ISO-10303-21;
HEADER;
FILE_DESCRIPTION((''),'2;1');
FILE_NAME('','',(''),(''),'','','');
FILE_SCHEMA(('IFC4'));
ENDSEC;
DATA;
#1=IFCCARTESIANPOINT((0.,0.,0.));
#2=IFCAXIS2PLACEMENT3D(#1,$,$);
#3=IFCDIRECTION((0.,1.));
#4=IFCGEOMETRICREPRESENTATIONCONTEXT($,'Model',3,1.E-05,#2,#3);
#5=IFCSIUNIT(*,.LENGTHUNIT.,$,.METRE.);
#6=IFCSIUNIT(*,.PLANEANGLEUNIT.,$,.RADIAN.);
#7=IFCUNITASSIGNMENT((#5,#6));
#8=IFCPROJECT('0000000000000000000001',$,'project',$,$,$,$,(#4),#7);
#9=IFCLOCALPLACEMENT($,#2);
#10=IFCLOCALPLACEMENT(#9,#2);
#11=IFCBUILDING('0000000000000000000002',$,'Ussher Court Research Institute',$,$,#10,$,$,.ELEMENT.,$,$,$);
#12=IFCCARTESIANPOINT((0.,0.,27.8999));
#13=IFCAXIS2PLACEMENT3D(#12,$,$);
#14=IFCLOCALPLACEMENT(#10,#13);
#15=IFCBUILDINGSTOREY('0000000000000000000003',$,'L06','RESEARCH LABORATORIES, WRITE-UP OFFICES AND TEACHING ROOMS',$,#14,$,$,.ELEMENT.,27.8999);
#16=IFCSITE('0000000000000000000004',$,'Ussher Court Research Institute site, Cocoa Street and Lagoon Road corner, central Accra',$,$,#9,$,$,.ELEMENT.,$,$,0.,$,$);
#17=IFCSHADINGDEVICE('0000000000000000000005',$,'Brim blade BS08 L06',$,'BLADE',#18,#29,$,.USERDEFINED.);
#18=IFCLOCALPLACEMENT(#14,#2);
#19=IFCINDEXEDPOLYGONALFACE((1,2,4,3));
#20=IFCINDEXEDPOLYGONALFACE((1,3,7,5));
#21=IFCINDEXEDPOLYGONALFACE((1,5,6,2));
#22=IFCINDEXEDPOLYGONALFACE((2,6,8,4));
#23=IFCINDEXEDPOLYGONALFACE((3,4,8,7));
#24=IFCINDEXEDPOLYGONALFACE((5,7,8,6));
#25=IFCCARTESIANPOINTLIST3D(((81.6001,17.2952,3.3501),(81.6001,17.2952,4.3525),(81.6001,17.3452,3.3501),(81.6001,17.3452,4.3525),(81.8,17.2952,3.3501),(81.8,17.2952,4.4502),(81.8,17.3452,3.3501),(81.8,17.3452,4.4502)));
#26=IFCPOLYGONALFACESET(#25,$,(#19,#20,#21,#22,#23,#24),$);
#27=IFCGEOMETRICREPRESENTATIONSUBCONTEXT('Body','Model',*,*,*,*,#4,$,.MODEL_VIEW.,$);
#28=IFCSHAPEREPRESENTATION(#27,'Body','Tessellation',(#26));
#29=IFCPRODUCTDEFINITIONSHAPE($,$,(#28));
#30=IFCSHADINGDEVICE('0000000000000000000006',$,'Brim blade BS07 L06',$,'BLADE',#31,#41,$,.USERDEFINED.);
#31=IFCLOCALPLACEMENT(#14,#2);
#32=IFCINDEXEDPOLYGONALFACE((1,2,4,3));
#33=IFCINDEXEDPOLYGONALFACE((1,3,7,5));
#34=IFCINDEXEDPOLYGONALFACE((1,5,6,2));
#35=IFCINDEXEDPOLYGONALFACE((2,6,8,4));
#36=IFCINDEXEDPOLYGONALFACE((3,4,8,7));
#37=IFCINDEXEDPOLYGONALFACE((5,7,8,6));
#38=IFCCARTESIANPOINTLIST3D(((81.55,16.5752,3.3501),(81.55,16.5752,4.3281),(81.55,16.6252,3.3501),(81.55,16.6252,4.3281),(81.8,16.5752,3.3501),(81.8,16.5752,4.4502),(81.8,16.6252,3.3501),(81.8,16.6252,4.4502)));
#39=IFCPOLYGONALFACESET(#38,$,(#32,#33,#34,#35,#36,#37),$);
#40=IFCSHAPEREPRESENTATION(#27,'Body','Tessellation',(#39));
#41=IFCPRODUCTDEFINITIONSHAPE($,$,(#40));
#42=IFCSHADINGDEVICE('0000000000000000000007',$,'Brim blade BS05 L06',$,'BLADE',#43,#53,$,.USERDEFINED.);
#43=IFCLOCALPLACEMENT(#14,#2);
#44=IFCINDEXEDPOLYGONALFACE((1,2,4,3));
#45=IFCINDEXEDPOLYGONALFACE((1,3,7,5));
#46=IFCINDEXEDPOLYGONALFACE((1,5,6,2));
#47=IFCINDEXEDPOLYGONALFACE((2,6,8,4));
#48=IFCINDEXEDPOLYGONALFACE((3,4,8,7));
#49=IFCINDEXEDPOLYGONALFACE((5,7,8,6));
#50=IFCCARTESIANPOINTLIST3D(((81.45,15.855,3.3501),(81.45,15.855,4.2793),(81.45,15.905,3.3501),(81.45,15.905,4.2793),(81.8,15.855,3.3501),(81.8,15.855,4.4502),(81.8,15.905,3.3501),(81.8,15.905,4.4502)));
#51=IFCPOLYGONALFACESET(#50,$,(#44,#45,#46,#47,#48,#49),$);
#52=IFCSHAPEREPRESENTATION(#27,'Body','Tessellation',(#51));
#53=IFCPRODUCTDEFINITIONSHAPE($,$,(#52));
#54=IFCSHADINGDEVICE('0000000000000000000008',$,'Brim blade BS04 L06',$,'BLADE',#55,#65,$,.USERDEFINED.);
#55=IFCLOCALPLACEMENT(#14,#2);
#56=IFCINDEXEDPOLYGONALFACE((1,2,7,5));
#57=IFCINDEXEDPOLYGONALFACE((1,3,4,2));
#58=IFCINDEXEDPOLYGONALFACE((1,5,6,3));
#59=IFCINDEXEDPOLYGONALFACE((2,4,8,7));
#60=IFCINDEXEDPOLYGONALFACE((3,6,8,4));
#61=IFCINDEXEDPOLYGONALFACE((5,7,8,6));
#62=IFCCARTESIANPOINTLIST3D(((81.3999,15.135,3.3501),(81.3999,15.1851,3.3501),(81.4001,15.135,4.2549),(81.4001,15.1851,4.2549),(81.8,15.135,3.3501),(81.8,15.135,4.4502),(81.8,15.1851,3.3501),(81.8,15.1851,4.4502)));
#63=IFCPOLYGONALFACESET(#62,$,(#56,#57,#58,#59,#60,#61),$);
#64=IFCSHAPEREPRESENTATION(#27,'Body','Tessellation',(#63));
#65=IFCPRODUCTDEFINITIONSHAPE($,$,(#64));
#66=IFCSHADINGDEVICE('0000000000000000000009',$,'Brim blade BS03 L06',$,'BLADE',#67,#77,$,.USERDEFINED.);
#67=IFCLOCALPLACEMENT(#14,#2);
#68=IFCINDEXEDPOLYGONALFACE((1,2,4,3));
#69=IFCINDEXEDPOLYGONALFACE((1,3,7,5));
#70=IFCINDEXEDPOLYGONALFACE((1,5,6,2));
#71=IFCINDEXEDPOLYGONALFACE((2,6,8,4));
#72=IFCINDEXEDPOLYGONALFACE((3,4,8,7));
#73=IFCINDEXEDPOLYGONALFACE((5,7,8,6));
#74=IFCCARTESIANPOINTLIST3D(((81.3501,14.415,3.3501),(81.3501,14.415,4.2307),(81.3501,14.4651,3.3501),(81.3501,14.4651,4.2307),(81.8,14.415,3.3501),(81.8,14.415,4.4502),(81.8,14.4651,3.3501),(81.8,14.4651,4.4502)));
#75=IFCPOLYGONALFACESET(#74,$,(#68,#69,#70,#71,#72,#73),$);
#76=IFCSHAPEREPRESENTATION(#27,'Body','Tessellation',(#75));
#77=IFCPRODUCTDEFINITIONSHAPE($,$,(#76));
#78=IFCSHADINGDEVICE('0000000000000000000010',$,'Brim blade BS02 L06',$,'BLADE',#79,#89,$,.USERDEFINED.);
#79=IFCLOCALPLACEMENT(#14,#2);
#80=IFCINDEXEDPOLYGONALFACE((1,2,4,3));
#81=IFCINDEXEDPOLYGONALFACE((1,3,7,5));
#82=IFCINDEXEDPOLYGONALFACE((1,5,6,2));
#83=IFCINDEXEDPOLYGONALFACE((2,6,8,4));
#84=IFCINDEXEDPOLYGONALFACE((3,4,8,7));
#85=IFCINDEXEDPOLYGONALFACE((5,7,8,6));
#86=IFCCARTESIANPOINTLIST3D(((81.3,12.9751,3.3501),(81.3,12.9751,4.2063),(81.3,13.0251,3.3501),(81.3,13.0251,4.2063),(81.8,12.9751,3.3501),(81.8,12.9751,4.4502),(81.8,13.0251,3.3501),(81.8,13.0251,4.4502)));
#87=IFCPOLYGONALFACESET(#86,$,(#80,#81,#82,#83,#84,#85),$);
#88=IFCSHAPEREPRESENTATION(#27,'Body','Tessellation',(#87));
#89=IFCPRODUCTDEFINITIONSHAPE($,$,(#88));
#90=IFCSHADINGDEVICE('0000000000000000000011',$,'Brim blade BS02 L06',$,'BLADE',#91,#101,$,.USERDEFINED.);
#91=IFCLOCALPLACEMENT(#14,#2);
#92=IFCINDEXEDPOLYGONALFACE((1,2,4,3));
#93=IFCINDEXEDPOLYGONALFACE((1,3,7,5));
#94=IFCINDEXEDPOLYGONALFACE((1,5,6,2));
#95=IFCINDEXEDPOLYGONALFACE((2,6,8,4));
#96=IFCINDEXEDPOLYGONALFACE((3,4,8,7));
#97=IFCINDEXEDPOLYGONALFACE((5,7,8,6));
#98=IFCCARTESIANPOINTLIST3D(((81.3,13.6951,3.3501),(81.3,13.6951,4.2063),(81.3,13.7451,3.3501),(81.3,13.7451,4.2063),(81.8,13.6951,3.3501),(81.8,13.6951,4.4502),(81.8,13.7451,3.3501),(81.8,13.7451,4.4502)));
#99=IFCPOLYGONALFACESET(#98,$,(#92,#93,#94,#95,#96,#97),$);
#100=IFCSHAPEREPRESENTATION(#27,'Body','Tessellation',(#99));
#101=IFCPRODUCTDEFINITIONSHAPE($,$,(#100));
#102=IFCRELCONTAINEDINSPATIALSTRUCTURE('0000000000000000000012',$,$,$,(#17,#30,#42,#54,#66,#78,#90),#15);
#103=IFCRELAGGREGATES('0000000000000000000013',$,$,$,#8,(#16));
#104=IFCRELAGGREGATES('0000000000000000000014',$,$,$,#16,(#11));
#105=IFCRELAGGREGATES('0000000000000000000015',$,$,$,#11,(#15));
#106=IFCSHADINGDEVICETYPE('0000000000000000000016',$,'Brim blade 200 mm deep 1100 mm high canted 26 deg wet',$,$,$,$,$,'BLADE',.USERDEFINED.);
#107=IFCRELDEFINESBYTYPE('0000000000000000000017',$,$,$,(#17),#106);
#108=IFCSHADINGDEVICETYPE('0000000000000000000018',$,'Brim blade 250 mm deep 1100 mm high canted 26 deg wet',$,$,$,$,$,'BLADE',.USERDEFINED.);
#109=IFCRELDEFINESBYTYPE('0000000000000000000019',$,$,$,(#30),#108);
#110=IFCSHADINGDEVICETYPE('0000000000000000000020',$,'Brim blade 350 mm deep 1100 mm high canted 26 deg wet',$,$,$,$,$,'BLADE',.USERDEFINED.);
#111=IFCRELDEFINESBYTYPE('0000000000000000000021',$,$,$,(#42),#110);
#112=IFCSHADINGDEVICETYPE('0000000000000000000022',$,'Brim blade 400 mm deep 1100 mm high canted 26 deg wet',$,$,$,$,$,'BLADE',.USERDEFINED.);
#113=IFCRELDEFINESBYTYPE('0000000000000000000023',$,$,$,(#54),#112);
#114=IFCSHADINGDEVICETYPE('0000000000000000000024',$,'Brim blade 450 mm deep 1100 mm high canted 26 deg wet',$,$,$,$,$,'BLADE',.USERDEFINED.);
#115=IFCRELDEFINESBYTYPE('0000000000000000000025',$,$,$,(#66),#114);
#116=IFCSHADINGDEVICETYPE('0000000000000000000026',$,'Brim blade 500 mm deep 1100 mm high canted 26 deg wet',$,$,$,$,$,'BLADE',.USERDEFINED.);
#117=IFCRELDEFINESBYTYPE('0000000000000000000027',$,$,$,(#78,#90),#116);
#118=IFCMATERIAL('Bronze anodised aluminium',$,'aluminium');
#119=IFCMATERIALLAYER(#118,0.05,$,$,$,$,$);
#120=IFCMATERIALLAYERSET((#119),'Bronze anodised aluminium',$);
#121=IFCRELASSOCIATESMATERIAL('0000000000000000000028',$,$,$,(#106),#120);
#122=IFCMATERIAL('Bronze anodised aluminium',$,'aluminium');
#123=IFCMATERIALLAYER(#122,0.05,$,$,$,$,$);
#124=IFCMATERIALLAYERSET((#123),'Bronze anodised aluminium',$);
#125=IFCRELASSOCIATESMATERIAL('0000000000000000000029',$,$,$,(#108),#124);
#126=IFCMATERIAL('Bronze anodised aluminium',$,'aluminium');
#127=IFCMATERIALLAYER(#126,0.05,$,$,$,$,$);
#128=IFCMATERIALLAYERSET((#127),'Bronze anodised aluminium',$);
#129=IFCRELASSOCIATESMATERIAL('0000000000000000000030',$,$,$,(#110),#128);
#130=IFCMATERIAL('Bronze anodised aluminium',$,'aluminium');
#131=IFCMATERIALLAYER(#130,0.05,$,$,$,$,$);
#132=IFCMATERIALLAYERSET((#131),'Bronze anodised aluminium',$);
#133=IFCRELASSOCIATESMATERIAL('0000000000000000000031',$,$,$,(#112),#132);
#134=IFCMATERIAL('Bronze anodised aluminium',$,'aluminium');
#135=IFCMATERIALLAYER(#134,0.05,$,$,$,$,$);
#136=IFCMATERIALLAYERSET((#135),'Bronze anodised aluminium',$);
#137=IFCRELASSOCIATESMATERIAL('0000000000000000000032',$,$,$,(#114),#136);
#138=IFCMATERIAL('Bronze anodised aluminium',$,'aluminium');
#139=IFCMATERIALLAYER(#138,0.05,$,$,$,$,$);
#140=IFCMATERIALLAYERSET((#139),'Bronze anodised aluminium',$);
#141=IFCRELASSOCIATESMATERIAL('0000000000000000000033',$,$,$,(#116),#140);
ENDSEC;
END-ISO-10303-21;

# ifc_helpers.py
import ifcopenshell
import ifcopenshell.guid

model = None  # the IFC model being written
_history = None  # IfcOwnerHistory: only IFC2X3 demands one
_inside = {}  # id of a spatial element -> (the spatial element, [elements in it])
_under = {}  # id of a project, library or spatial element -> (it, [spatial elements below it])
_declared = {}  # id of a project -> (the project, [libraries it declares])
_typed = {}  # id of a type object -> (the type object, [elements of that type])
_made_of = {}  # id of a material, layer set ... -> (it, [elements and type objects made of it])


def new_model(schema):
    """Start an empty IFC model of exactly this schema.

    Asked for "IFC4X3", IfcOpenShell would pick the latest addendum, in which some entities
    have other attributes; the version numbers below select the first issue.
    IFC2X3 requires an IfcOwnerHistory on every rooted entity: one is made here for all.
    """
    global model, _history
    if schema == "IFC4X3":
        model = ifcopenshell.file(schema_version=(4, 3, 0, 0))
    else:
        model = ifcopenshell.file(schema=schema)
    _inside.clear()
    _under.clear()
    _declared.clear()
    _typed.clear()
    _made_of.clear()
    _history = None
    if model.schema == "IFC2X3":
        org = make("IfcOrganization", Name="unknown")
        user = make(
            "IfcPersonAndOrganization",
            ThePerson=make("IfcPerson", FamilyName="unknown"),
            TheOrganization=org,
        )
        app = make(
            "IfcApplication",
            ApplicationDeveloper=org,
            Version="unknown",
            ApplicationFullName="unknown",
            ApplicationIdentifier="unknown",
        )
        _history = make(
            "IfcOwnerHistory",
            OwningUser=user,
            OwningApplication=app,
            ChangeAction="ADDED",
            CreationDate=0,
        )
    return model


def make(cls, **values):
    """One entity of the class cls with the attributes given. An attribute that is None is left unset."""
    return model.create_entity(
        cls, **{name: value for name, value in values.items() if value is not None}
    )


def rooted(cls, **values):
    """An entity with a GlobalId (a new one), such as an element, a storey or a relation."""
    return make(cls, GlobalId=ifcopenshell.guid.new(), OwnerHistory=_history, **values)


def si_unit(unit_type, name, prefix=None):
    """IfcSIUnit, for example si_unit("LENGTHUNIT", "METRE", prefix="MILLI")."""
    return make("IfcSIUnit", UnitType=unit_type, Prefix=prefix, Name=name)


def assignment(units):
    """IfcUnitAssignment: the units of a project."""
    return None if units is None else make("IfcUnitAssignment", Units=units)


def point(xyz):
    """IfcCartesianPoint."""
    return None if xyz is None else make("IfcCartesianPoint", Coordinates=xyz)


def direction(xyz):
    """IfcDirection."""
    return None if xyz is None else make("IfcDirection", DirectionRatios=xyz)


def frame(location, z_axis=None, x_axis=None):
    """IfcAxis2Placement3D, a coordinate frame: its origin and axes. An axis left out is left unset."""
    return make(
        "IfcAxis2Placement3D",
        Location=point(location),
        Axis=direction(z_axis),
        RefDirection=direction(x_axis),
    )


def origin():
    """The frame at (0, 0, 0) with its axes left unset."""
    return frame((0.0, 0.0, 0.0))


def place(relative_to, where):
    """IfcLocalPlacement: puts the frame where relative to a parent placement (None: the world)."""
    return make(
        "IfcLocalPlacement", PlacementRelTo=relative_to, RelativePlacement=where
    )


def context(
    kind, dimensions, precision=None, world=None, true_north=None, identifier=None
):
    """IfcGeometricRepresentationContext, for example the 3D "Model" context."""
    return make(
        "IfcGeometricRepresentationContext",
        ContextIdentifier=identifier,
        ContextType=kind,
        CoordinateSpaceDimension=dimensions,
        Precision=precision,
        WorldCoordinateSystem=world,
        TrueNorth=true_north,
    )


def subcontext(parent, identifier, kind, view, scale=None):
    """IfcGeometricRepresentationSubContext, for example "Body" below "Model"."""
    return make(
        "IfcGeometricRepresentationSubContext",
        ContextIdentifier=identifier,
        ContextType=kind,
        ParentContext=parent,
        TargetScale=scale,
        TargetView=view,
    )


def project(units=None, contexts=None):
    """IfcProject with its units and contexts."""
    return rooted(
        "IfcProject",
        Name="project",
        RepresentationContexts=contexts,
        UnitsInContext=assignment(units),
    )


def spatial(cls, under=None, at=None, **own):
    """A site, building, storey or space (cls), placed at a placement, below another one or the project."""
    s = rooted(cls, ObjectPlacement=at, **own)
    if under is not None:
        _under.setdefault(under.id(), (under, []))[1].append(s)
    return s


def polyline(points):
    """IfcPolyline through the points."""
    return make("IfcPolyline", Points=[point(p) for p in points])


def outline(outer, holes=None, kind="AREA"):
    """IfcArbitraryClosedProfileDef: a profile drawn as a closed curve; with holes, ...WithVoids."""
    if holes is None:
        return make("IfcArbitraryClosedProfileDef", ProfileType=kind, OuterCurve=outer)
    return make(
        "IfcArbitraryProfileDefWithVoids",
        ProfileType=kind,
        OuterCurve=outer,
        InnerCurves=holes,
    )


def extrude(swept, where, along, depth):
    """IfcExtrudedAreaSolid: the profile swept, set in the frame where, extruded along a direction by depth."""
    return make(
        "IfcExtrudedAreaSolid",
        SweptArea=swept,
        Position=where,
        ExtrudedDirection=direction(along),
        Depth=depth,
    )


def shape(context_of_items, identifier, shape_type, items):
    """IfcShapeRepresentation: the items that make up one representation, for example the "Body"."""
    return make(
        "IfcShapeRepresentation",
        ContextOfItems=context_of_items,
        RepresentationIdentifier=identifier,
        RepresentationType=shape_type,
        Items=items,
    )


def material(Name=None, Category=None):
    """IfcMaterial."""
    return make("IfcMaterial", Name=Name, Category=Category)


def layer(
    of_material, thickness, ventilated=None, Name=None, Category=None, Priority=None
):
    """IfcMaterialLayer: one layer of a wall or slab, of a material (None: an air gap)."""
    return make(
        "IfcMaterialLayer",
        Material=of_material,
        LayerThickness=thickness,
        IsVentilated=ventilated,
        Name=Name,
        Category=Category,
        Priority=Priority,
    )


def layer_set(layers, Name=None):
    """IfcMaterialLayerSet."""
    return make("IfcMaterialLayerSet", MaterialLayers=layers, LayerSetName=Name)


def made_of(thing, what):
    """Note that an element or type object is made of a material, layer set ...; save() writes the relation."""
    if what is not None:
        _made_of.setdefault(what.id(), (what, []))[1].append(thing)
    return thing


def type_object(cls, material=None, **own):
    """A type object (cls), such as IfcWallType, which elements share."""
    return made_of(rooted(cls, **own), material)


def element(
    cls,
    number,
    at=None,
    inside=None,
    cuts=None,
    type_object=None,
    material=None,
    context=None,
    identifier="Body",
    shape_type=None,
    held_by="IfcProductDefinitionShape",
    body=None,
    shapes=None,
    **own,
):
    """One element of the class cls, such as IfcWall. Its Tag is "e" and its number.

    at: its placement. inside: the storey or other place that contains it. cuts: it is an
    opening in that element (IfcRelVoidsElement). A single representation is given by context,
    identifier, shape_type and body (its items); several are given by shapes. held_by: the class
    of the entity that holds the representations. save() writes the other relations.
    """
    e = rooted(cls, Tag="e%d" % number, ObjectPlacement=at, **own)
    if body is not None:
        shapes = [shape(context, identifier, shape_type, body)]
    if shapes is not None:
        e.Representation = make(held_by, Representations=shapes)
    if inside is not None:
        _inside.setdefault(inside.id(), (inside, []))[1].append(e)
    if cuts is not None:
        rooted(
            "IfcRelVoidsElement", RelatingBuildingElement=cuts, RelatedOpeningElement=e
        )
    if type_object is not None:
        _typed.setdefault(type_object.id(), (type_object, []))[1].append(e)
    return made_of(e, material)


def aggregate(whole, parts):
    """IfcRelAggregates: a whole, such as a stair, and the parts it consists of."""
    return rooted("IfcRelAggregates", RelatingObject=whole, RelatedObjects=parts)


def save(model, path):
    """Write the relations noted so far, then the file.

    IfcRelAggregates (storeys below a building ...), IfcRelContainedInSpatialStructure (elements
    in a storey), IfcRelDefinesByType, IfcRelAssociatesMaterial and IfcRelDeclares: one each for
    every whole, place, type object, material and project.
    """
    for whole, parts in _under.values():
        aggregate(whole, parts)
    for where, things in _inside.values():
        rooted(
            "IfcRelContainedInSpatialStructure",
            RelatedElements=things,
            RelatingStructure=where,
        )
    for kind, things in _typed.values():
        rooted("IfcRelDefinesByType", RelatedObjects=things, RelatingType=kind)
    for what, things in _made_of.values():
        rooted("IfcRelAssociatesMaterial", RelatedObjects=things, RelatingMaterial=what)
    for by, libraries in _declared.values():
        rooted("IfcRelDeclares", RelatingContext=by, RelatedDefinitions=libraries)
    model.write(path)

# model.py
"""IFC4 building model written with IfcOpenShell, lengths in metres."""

from ifc_helpers import new_model, si_unit, direction, frame, origin, place, context, subcontext, project, spatial, polyline, outline, extrude, material, layer, layer_set, type_object, element, save


model = new_model("IFC4")

# Units and contexts
model_context = context("Model", 3, precision=1e-05, world=origin(), true_north=direction((0.0, 1.0)))
body_context = subcontext(model_context, "Body", "Model", "MODEL_VIEW")
ifc_project = project(units=[si_unit("LENGTHUNIT", "METRE"), si_unit("PLANEANGLEUNIT", "RADIAN")], contexts=[model_context])

# Site, building, storey
site_placement = place(None, origin())
site = spatial("IfcSite", under=ifc_project, at=site_placement, Name="Ussher Court Research Institute site, Cocoa Street and Lagoon Road corner, central Accra", CompositionType="ELEMENT", RefElevation=0.0)
building_placement = place(site_placement, origin())
building = spatial("IfcBuilding", under=site, at=building_placement, Name="Ussher Court Research Institute", CompositionType="ELEMENT")
storey_placement = place(building_placement, frame((0.0, 0.0, 27.8999)))
storey = spatial("IfcBuildingStorey", under=building, at=storey_placement, Name="L06", Description="RESEARCH LABORATORIES, WRITE-UP OFFICES AND TEACHING ROOMS", CompositionType="ELEMENT", Elevation=27.8999)

# Shading devices
ifc_material_1 = material(Name="Bronze anodised aluminium", Category="aluminium")
ifc_layer_1 = layer(ifc_material_1, 0.05)
ifc_layer_set_1 = layer_set([ifc_layer_1], Name="Bronze anodised aluminium")
shading_device_type_1 = type_object("IfcShadingDeviceType", Name="Brim blade 200 mm deep 1100 mm high canted 26 deg wet", ElementType="BLADE", PredefinedType="USERDEFINED", material=ifc_layer_set_1)
shading_device_1_placement = place(storey_placement, frame((81.8, 17.3201, 3.3501), z_axis=(0.0, 0.0, 1.0), x_axis=(-1.0, 0.0, 0.0)))
element("IfcShadingDevice", 1, at=shading_device_1_placement, inside=storey, type_object=shading_device_type_1, Name="Brim blade BS08 L06", ObjectType="BLADE", PredefinedType="USERDEFINED", context=body_context, shape_type="SweptSolid", body=[
    extrude(outline(polyline([(0.0, 0.0), (0.2, 0.0), (0.2, 1.0024), (0.0, 1.1001), (0.0, 0.0)])), frame((0.0, 0.0249, 0.0), z_axis=(0.0, -1.0, 0.0), x_axis=(1.0, 0.0, 0.0)), (0.0, 0.0, 1.0), 0.05),
])
ifc_material_2 = material(Name="Bronze anodised aluminium", Category="aluminium")
ifc_layer_2 = layer(ifc_material_2, 0.05)
ifc_layer_set_2 = layer_set([ifc_layer_2], Name="Bronze anodised aluminium")
shading_device_type_2 = type_object("IfcShadingDeviceType", Name="Brim blade 250 mm deep 1100 mm high canted 26 deg wet", ElementType="BLADE", PredefinedType="USERDEFINED", material=ifc_layer_set_2)
shading_device_2_placement = place(storey_placement, frame((81.8, 16.6001, 3.3501), z_axis=(0.0, 0.0, 1.0), x_axis=(-1.0, 0.0, 0.0)))
element("IfcShadingDevice", 2, at=shading_device_2_placement, inside=storey, type_object=shading_device_type_2, Name="Brim blade BS07 L06", ObjectType="BLADE", PredefinedType="USERDEFINED", context=body_context, shape_type="SweptSolid", body=[
    extrude(outline(polyline([(0.0, 0.0), (0.25, 0.0), (0.25, 0.978), (0.0, 1.1001), (0.0, 0.0)])), frame((0.0, 0.0249, 0.0), z_axis=(0.0, -1.0, 0.0), x_axis=(1.0, 0.0, 0.0)), (0.0, 0.0, 1.0), 0.05),
])
ifc_material_3 = material(Name="Bronze anodised aluminium", Category="aluminium")
ifc_layer_3 = layer(ifc_material_3, 0.05)
ifc_layer_set_3 = layer_set([ifc_layer_3], Name="Bronze anodised aluminium")
shading_device_type_3 = type_object("IfcShadingDeviceType", Name="Brim blade 350 mm deep 1100 mm high canted 26 deg wet", ElementType="BLADE", PredefinedType="USERDEFINED", material=ifc_layer_set_3)
shading_device_3_placement = place(storey_placement, frame((81.8, 15.8799, 3.3501), z_axis=(0.0, 0.0, 1.0), x_axis=(-1.0, 0.0, 0.0)))
element("IfcShadingDevice", 3, at=shading_device_3_placement, inside=storey, type_object=shading_device_type_3, Name="Brim blade BS05 L06", ObjectType="BLADE", PredefinedType="USERDEFINED", context=body_context, shape_type="SweptSolid", body=[
    extrude(outline(polyline([(0.0, 0.0), (0.3501, 0.0), (0.3501, 0.9292), (0.0, 1.1001), (0.0, 0.0)])), frame((0.0, 0.0249, 0.0), z_axis=(0.0, -1.0, 0.0), x_axis=(1.0, 0.0, 0.0)), (0.0, 0.0, 1.0), 0.05),
])
ifc_material_4 = material(Name="Bronze anodised aluminium", Category="aluminium")
ifc_layer_4 = layer(ifc_material_4, 0.05)
ifc_layer_set_4 = layer_set([ifc_layer_4], Name="Bronze anodised aluminium")
shading_device_type_4 = type_object("IfcShadingDeviceType", Name="Brim blade 400 mm deep 1100 mm high canted 26 deg wet", ElementType="BLADE", PredefinedType="USERDEFINED", material=ifc_layer_set_4)
shading_device_4_placement = place(storey_placement, frame((81.8, 15.1599, 3.3501), z_axis=(0.0, 0.0, 1.0), x_axis=(-1.0, 0.0, 0.0)))
element("IfcShadingDevice", 4, at=shading_device_4_placement, inside=storey, type_object=shading_device_type_4, Name="Brim blade BS04 L06", ObjectType="BLADE", PredefinedType="USERDEFINED", context=body_context, shape_type="SweptSolid", body=[
    extrude(outline(polyline([(0.0, 0.0), (0.4001, 0.0), (0.3999, 0.9048), (0.0, 1.1001), (0.0, 0.0)])), frame((0.0, 0.0249, 0.0), z_axis=(0.0, -1.0, 0.0), x_axis=(1.0, 0.0, 0.0)), (0.0, 0.0, 1.0), 0.05),
])
ifc_material_5 = material(Name="Bronze anodised aluminium", Category="aluminium")
ifc_layer_5 = layer(ifc_material_5, 0.05)
ifc_layer_set_5 = layer_set([ifc_layer_5], Name="Bronze anodised aluminium")
shading_device_type_5 = type_object("IfcShadingDeviceType", Name="Brim blade 450 mm deep 1100 mm high canted 26 deg wet", ElementType="BLADE", PredefinedType="USERDEFINED", material=ifc_layer_set_5)
shading_device_5_placement = place(storey_placement, frame((81.8, 14.4399, 3.3501), z_axis=(0.0, 0.0, 1.0), x_axis=(-1.0, 0.0, 0.0)))
element("IfcShadingDevice", 5, at=shading_device_5_placement, inside=storey, type_object=shading_device_type_5, Name="Brim blade BS03 L06", ObjectType="BLADE", PredefinedType="USERDEFINED", context=body_context, shape_type="SweptSolid", body=[
    extrude(outline(polyline([(0.0, 0.0), (0.45, 0.0), (0.45, 0.8806), (0.0, 1.1001), (0.0, 0.0)])), frame((0.0, 0.0249, 0.0), z_axis=(0.0, -1.0, 0.0), x_axis=(1.0, 0.0, 0.0)), (0.0, 0.0, 1.0), 0.05),
])
ifc_material_6 = material(Name="Bronze anodised aluminium", Category="aluminium")
ifc_layer_6 = layer(ifc_material_6, 0.05)
ifc_layer_set_6 = layer_set([ifc_layer_6], Name="Bronze anodised aluminium")
shading_device_type_6 = type_object("IfcShadingDeviceType", Name="Brim blade 500 mm deep 1100 mm high canted 26 deg wet", ElementType="BLADE", PredefinedType="USERDEFINED", material=ifc_layer_set_6)
for number, where, z_axis, x_axis, name in (
    (6, (81.8, 13.0, 3.3501), (0.0, 0.0, 1.0), (-1.0, 0.0, 0.0), "Brim blade BS02 L06"),
    (7, (81.8, 13.72, 3.3501), (0.0, 0.0, 1.0), (-1.0, 0.0, 0.0), "Brim blade BS02 L06"),
):
    element("IfcShadingDevice", number, at=place(storey_placement, frame(where, z_axis=z_axis, x_axis=x_axis)), inside=storey, type_object=shading_device_type_6, Name=name, ObjectType="BLADE", PredefinedType="USERDEFINED", context=body_context, shape_type="SweptSolid", body=[
        extrude(outline(polyline([(0.0, 0.0), (0.5, 0.0), (0.5, 0.8562), (0.0, 1.1001), (0.0, 0.0)])), frame((0.0, 0.0249, 0.0), z_axis=(0.0, -1.0, 0.0), x_axis=(1.0, 0.0, 0.0)), (0.0, 0.0, 1.0), 0.05),
    ])

save(model, "model.ifc")
